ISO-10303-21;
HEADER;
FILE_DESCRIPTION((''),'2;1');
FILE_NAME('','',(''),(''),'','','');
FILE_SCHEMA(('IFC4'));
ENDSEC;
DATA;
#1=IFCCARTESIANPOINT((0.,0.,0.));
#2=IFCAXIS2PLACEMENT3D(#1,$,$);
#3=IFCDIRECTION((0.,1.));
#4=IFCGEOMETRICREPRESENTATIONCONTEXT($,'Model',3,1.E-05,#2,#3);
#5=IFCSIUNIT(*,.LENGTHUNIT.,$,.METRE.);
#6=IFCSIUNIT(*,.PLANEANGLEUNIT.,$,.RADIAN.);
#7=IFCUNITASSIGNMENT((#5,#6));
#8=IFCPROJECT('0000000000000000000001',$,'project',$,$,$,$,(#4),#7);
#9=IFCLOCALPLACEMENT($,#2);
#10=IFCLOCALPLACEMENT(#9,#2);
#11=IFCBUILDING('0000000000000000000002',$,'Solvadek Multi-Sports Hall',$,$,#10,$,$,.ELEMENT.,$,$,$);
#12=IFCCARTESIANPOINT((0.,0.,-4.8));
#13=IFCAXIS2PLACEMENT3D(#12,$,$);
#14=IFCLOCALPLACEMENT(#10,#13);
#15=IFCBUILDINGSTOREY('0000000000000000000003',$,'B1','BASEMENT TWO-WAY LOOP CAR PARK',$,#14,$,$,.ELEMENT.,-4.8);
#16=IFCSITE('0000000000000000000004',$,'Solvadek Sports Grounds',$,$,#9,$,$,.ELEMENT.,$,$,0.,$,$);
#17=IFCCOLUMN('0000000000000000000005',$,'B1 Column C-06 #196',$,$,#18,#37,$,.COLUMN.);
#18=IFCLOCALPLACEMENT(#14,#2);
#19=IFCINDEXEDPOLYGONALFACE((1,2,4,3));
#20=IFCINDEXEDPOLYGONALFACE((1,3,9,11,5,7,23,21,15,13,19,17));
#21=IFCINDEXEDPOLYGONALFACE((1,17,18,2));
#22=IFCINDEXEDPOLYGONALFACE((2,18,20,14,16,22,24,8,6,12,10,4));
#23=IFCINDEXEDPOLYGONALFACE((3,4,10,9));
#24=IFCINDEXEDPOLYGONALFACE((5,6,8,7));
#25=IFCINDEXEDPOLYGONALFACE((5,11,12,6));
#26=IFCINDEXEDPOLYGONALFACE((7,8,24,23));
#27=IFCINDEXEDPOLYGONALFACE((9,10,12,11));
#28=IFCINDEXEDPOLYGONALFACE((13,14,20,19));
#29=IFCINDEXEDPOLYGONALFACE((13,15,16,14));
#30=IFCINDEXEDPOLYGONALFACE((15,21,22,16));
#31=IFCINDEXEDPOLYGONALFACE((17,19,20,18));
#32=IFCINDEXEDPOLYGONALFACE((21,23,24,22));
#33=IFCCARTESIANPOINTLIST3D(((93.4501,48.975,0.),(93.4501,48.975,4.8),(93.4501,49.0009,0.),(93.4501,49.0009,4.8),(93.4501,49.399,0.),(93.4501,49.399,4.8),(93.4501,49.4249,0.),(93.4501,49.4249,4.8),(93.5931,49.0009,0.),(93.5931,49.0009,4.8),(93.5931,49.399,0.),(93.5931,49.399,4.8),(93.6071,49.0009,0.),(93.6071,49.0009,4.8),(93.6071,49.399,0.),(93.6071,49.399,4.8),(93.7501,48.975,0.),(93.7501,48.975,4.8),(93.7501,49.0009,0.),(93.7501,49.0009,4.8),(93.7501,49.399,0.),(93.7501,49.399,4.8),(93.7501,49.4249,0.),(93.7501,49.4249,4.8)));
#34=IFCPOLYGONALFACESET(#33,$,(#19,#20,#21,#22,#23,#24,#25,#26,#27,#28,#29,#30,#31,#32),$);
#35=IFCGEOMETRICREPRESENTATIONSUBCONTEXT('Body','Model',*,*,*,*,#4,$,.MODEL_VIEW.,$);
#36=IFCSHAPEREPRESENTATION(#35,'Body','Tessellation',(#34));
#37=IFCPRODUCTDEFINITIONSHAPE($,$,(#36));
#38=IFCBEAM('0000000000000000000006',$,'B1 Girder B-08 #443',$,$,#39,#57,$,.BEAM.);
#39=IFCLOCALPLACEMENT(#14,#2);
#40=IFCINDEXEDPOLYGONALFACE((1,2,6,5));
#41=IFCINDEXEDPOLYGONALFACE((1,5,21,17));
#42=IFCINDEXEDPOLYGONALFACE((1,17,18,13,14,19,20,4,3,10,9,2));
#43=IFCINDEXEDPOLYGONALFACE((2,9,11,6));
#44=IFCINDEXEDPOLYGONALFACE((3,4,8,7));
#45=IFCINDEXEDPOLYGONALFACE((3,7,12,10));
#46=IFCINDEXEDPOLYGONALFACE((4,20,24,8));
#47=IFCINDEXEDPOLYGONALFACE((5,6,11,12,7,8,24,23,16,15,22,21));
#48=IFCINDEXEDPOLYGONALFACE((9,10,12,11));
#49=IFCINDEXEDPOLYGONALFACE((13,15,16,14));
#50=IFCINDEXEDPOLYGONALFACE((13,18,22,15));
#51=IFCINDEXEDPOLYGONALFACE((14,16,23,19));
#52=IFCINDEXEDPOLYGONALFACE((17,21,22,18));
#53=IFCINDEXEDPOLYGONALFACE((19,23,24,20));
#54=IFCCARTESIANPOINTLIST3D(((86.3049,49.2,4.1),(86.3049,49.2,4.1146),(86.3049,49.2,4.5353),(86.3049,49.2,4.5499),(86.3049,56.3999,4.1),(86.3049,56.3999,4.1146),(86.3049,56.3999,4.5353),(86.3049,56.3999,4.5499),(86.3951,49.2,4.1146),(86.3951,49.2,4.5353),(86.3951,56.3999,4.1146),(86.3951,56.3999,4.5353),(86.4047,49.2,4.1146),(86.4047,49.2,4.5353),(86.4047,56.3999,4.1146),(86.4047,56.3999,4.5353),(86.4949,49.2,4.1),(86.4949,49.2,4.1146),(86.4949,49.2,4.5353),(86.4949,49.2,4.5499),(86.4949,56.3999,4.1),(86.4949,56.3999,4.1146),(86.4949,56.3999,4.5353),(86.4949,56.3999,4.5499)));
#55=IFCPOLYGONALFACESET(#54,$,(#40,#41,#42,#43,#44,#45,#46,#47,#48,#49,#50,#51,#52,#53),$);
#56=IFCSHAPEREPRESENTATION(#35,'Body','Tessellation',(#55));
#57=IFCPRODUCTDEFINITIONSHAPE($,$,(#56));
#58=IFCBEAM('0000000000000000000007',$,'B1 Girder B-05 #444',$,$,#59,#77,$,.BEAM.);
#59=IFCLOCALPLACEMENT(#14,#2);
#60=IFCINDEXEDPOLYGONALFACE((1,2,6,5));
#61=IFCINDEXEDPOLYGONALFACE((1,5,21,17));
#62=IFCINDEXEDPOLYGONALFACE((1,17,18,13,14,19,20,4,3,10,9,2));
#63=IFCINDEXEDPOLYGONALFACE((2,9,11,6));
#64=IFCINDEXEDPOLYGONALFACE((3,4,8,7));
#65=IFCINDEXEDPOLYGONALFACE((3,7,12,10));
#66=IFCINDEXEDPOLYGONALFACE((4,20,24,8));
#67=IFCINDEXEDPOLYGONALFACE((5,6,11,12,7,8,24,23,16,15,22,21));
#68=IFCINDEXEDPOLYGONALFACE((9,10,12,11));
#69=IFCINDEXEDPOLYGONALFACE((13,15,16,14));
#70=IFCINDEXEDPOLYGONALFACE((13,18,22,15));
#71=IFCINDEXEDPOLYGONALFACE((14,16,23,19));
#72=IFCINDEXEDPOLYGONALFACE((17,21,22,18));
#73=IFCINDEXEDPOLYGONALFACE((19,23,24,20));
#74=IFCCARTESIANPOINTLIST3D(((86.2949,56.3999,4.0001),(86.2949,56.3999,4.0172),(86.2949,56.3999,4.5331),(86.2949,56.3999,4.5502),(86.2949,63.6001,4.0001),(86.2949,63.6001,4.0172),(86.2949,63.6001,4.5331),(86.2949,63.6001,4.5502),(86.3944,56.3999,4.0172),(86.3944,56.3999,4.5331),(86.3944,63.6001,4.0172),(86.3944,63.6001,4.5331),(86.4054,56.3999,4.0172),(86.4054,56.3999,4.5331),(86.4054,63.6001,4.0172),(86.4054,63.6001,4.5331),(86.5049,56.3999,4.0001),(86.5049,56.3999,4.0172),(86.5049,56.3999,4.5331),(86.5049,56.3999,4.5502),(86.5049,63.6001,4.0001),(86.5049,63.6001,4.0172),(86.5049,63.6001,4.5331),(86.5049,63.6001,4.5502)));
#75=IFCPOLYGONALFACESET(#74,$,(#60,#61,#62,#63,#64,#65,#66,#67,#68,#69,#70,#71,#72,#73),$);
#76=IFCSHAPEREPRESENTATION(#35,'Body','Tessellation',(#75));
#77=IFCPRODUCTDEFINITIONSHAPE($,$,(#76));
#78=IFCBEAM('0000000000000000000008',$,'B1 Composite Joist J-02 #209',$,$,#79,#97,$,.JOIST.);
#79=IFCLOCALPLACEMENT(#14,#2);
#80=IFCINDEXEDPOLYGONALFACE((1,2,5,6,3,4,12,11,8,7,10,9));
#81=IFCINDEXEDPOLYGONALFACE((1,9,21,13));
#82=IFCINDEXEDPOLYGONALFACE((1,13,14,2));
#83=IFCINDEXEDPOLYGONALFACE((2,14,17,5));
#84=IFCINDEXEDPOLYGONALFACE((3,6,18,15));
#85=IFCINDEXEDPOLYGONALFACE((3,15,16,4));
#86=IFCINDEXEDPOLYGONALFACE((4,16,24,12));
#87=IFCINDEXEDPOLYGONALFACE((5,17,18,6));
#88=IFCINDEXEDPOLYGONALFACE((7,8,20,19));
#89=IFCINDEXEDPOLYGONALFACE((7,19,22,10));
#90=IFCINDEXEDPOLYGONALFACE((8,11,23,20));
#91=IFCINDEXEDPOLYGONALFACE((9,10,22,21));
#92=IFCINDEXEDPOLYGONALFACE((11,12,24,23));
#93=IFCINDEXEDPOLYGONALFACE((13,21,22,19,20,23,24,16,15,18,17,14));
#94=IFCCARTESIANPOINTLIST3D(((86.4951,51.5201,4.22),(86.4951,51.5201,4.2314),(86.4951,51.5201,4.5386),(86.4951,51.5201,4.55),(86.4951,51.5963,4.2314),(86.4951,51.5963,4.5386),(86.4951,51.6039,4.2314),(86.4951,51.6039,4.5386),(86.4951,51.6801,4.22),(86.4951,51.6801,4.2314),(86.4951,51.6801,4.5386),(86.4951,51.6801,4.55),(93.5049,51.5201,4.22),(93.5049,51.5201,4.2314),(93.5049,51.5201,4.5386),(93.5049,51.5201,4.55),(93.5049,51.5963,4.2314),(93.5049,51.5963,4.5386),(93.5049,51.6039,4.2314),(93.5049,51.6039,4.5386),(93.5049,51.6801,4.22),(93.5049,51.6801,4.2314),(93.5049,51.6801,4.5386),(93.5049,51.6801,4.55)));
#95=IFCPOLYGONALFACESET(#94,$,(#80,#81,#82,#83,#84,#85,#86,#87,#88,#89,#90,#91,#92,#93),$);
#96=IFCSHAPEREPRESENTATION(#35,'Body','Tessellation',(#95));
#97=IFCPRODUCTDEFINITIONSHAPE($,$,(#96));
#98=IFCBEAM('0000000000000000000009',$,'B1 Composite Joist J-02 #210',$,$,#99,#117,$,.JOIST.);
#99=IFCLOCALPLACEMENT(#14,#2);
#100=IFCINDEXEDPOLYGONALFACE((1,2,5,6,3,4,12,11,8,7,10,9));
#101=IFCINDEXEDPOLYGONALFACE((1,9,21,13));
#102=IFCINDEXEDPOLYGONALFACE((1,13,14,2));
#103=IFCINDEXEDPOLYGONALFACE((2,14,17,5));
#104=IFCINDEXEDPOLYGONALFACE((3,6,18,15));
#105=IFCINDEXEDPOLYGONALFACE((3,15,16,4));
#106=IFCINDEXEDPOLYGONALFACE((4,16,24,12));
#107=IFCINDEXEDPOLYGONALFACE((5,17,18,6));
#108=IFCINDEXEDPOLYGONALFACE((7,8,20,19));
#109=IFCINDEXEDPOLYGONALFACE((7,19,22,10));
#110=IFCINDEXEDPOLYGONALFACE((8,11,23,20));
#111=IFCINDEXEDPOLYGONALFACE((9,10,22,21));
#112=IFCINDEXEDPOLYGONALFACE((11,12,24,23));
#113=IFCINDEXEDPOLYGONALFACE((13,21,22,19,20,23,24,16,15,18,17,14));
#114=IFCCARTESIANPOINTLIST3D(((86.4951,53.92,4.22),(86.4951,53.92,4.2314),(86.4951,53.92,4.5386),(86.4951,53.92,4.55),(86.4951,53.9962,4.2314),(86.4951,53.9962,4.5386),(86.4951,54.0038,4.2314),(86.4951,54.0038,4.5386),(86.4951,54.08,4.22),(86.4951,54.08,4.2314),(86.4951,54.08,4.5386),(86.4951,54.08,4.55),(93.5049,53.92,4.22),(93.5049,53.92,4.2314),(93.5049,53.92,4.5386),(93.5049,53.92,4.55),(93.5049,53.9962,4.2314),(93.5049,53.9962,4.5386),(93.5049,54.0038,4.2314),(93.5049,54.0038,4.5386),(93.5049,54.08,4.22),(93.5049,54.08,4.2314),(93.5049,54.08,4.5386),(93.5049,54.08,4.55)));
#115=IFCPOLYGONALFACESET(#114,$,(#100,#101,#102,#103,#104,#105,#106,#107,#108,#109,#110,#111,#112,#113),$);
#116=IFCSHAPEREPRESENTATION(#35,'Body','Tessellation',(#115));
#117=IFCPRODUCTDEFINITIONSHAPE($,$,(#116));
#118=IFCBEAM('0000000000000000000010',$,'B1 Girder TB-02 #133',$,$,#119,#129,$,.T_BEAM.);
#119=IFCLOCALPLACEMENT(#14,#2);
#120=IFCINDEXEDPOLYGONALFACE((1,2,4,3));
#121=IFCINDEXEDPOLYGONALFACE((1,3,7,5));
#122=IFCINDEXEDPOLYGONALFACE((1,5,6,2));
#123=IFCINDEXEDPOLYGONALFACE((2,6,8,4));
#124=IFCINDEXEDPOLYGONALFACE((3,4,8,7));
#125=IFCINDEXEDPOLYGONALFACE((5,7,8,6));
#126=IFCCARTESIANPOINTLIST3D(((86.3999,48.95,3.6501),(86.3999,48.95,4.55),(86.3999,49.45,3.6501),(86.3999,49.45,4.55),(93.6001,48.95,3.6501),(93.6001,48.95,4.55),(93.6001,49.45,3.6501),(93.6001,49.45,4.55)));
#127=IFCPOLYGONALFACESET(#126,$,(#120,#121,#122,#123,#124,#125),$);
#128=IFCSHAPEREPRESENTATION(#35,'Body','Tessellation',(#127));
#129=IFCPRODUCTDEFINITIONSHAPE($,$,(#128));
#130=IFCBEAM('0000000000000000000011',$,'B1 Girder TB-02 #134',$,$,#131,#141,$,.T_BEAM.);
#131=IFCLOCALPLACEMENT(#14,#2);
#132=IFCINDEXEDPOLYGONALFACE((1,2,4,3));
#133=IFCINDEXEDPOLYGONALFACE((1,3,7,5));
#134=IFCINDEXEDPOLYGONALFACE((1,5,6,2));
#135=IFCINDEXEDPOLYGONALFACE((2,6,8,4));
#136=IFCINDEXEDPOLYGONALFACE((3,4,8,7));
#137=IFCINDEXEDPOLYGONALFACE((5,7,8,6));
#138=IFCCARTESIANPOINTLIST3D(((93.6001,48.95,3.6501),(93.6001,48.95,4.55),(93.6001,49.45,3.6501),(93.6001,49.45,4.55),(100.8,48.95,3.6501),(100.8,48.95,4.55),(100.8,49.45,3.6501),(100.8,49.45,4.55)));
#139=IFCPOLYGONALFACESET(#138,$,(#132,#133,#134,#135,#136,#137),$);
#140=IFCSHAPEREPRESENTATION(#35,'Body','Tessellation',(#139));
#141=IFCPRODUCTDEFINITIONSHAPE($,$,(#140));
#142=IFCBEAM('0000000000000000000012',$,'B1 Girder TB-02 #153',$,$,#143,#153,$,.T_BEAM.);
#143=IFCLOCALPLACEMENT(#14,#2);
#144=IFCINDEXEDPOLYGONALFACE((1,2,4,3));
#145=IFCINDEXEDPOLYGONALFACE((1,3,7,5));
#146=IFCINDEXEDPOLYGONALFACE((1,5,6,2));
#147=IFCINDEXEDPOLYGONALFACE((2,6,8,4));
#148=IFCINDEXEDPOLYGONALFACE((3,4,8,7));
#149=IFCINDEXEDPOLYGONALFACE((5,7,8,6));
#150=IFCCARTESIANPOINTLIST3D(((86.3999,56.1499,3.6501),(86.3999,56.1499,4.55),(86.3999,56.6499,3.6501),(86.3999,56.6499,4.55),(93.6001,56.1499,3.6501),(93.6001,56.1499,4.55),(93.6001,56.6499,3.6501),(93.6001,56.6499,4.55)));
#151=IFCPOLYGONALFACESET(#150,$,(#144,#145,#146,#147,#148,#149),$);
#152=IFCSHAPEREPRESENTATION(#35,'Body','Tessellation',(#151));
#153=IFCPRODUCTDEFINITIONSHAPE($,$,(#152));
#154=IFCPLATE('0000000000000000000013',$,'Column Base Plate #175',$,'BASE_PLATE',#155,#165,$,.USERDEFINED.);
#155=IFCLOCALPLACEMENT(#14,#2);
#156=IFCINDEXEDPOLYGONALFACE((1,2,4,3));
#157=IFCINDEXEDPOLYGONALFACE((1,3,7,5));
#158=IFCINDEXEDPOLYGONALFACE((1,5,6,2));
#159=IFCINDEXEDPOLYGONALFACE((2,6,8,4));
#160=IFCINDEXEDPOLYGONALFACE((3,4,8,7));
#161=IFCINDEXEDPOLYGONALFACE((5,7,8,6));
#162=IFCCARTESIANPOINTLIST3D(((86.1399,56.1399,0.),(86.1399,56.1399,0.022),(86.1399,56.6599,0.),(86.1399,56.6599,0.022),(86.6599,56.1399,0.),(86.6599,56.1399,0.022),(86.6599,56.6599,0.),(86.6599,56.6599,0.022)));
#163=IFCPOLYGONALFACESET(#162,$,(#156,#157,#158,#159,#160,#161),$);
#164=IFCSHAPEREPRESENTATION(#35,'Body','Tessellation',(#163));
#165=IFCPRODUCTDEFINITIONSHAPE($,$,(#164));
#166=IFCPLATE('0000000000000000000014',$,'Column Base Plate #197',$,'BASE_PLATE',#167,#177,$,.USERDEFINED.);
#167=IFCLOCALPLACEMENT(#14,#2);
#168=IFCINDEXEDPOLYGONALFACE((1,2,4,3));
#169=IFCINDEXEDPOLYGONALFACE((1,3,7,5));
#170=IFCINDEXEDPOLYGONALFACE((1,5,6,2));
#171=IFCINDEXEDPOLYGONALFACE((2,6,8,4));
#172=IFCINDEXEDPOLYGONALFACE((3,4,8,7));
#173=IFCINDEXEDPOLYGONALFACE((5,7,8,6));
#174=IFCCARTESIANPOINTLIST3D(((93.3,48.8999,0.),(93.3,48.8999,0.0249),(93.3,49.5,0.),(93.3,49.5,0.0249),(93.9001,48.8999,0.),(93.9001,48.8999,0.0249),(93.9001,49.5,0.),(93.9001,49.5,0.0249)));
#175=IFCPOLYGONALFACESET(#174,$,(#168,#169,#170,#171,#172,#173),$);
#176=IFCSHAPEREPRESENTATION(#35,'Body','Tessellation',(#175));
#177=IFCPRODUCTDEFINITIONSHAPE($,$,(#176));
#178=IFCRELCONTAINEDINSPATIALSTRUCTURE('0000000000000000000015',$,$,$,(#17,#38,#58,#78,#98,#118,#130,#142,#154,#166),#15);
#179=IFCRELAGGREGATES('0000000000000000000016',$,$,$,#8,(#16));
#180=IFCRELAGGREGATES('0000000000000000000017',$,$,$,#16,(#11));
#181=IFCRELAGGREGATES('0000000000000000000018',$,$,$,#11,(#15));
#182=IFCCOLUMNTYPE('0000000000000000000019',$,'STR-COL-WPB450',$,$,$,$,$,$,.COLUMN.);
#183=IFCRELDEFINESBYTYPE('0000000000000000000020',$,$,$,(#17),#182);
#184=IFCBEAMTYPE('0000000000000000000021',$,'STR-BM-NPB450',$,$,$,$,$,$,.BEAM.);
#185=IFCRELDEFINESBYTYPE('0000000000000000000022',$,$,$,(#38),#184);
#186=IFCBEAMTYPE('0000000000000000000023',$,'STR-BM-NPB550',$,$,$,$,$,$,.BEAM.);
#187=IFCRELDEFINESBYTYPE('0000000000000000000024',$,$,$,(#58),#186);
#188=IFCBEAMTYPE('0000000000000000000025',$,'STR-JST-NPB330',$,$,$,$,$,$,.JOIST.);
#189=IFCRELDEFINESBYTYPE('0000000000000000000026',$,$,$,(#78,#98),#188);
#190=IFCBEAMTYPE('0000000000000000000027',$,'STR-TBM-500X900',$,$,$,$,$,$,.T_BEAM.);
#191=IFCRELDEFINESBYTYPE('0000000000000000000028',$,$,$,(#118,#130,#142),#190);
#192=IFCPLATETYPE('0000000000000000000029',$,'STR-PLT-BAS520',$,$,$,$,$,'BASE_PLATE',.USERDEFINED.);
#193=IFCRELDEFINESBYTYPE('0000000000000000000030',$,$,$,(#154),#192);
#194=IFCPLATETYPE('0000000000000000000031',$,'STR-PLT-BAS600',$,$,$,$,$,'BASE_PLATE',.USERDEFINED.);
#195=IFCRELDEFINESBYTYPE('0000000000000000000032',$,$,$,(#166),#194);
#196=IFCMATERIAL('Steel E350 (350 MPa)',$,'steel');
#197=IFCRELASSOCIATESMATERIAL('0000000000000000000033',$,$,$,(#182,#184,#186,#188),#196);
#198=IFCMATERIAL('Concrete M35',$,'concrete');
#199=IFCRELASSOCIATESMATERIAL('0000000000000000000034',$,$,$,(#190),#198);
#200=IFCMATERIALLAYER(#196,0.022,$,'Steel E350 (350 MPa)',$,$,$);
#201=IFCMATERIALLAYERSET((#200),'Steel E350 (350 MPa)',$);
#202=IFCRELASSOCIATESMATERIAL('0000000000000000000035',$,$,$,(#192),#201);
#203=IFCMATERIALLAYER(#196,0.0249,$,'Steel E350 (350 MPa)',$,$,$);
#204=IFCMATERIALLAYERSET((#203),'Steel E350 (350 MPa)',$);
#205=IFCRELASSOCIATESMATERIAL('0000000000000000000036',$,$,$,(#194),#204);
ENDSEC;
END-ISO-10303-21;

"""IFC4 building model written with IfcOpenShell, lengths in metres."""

from ifc_helpers import new_model, si_unit, direction, frame, origin, origin_2d, place, context, subcontext, project, spatial, rectangle, i_section, extrude, material, layer, layer_set, material_profile, profile_set, type_object, element, save


model = new_model("IFC4")

# Units and contexts
model_context = context("Model", 3, precision=1e-05, world=origin(), true_north=direction((0.0, 1.0)))
body_context = subcontext(model_context, "Body", "Model", "MODEL_VIEW")
ifc_project = project(units=[si_unit("LENGTHUNIT", "METRE"), si_unit("PLANEANGLEUNIT", "RADIAN")], contexts=[model_context])

# Site, building, storey
site_placement = place(None, origin())
site = spatial("IfcSite", under=ifc_project, at=site_placement, Name="Solvadek Sports Grounds", CompositionType="ELEMENT", RefElevation=0.0)
building_placement = place(site_placement, origin())
building = spatial("IfcBuilding", under=site, at=building_placement, Name="Solvadek Multi-Sports Hall", CompositionType="ELEMENT")
storey_placement = place(building_placement, frame((0.0, 0.0, -4.8)))
storey = spatial("IfcBuildingStorey", under=building, at=storey_placement, Name="B1", Description="BASEMENT TWO-WAY LOOP CAR PARK", CompositionType="ELEMENT", Elevation=-4.8)

# Shared definitions
ifc_material_1 = material(Name="Concrete M35", Category="concrete")

# Column
ifc_material_2 = material(Name="Steel E350 (350 MPa)", Category="steel")
ifc_material_profile_1 = material_profile(ifc_material_2, i_section(OverallWidth=0.3, OverallDepth=0.45, WebThickness=0.0139, FlangeThickness=0.0259, at=origin_2d()), Name="WPB 450")
ifc_profile_set_1 = profile_set([ifc_material_profile_1], Name="Steel E350 (350 MPa)")
column_type_1 = type_object("IfcColumnType", Name="STR-COL-WPB450", PredefinedType="COLUMN", material=ifc_profile_set_1)
column_1_placement = place(storey_placement, frame((93.6001, 49.2, 0.0), z_axis=(0.0, 0.0, 1.0), x_axis=(1.0, 0.0, 0.0)))
element("IfcColumn", 1, at=column_1_placement, inside=storey, type_object=column_type_1, Name="B1 Column C-06 #196", PredefinedType="COLUMN", context=body_context, shape_type="SweptSolid", body=[
    extrude(i_section(OverallWidth=0.3, OverallDepth=0.45, WebThickness=0.0139, FlangeThickness=0.0259, at=origin_2d()), origin(), (0.0, 0.0, 1.0), 4.8),
])

# Beams
ifc_material_profile_2 = material_profile(ifc_material_2, i_section(OverallWidth=0.1899, OverallDepth=0.45, WebThickness=0.0095, FlangeThickness=0.0146, at=origin_2d()), Name="NPB 450")
ifc_profile_set_2 = profile_set([ifc_material_profile_2], Name="Steel E350 (350 MPa)")
beam_type_1 = type_object("IfcBeamType", Name="STR-BM-NPB450", PredefinedType="BEAM", material=ifc_profile_set_2)
beam_1_placement = place(storey_placement, frame((86.3999, 49.2, 4.325), z_axis=(0.0, 1.0, 0.0), x_axis=(-1.0, 0.0, 0.0)))
element("IfcBeam", 2, at=beam_1_placement, inside=storey, type_object=beam_type_1, Name="B1 Girder B-08 #443", PredefinedType="BEAM", context=body_context, shape_type="SweptSolid", body=[
    extrude(i_section(OverallWidth=0.1899, OverallDepth=0.45, WebThickness=0.0095, FlangeThickness=0.0146, at=origin_2d()), origin(), (0.0, 0.0, 1.0), 7.2),
])
ifc_material_profile_3 = material_profile(ifc_material_2, i_section(OverallWidth=0.21, OverallDepth=0.55, WebThickness=0.011, FlangeThickness=0.0171, at=origin_2d()), Name="NPB 550")
ifc_profile_set_3 = profile_set([ifc_material_profile_3], Name="Steel E350 (350 MPa)")
beam_type_2 = type_object("IfcBeamType", Name="STR-BM-NPB550", PredefinedType="BEAM", material=ifc_profile_set_3)
beam_2_placement = place(storey_placement, frame((86.3999, 56.3999, 4.2751), z_axis=(0.0, 1.0, 0.0), x_axis=(-1.0, 0.0, 0.0)))
element("IfcBeam", 3, at=beam_2_placement, inside=storey, type_object=beam_type_2, Name="B1 Girder B-05 #444", PredefinedType="BEAM", context=body_context, shape_type="SweptSolid", body=[
    extrude(i_section(OverallWidth=0.21, OverallDepth=0.55, WebThickness=0.011, FlangeThickness=0.0171, at=origin_2d()), origin(), (0.0, 0.0, 1.0), 7.2002),
])
ifc_material_profile_4 = material_profile(ifc_material_2, i_section(OverallWidth=0.1599, OverallDepth=0.3301, WebThickness=0.0076, FlangeThickness=0.0115, at=origin_2d()), Name="NPB 330")
ifc_profile_set_4 = profile_set([ifc_material_profile_4], Name="Steel E350 (350 MPa)")
beam_type_3 = type_object("IfcBeamType", Name="STR-JST-NPB330", PredefinedType="JOIST", material=ifc_profile_set_4)
for number, where, z_axis, x_axis, name in (
    (4, (86.4951, 51.6001, 4.385), (1.0, 0.0, 0.0), (0.0, 1.0, 0.0), "B1 Composite Joist J-02 #209"),
    (5, (86.4951, 54.0, 4.385), (1.0, 0.0, 0.0), (0.0, 1.0, 0.0), "B1 Composite Joist J-02 #210"),
):
    element("IfcBeam", number, at=place(storey_placement, frame(where, z_axis=z_axis, x_axis=x_axis)), inside=storey, type_object=beam_type_3, Name=name, PredefinedType="JOIST", context=body_context, shape_type="SweptSolid", body=[
        extrude(i_section(OverallWidth=0.1599, OverallDepth=0.3301, WebThickness=0.0076, FlangeThickness=0.0115, at=origin_2d()), origin(), (0.0, 0.0, 1.0), 7.0098),
    ])
ifc_material_profile_5 = material_profile(ifc_material_1, rectangle(XDim=0.5, YDim=0.8999, at=origin_2d()), Name="RC T-BEAM 500x900")
ifc_profile_set_5 = profile_set([ifc_material_profile_5], Name="Concrete M35")
beam_type_4 = type_object("IfcBeamType", Name="STR-TBM-500X900", PredefinedType="T_BEAM", material=ifc_profile_set_5)
beam_3_placement = place(storey_placement, frame((86.3999, 49.2, 4.1001), z_axis=(1.0, 0.0, 0.0), x_axis=(0.0, 1.0, 0.0)))
element("IfcBeam", 6, at=beam_3_placement, inside=storey, type_object=beam_type_4, Name="B1 Girder TB-02 #133", PredefinedType="T_BEAM", context=body_context, shape_type="SweptSolid", body=[
    extrude(rectangle(XDim=0.5, YDim=0.8999, at=origin_2d()), origin(), (0.0, 0.0, 1.0), 7.2002),
])
beam_4_placement = place(storey_placement, frame((93.6001, 49.2, 4.1001), z_axis=(1.0, 0.0, 0.0), x_axis=(0.0, 1.0, 0.0)))
element("IfcBeam", 7, at=beam_4_placement, inside=storey, type_object=beam_type_4, Name="B1 Girder TB-02 #134", PredefinedType="T_BEAM", context=body_context, shape_type="SweptSolid", body=[
    extrude(rectangle(XDim=0.5, YDim=0.8999, at=origin_2d()), origin(), (0.0, 0.0, 1.0), 7.2),
])
beam_5_placement = place(storey_placement, frame((86.3999, 56.3999, 4.1001), z_axis=(1.0, 0.0, 0.0), x_axis=(0.0, 1.0, 0.0)))
element("IfcBeam", 8, at=beam_5_placement, inside=storey, type_object=beam_type_4, Name="B1 Girder TB-02 #153", PredefinedType="T_BEAM", context=body_context, shape_type="SweptSolid", body=[
    extrude(rectangle(XDim=0.5, YDim=0.8999, at=origin_2d()), origin(), (0.0, 0.0, 1.0), 7.2002),
])

# Plates
ifc_layer_1 = layer(ifc_material_2, 0.022, Name="Steel E350 (350 MPa)")
ifc_layer_set_1 = layer_set([ifc_layer_1], Name="Steel E350 (350 MPa)")
plate_type_1 = type_object("IfcPlateType", Name="STR-PLT-BAS520", ElementType="BASE_PLATE", PredefinedType="USERDEFINED", material=ifc_layer_set_1)
plate_1_placement = place(storey_placement, frame((86.3999, 56.3999, 0.0), z_axis=(0.0, 0.0, 1.0), x_axis=(1.0, 0.0, 0.0)))
element("IfcPlate", 9, at=plate_1_placement, inside=storey, type_object=plate_type_1, Name="Column Base Plate #175", ObjectType="BASE_PLATE", PredefinedType="USERDEFINED", context=body_context, shape_type="SweptSolid", body=[
    extrude(rectangle(XDim=0.52, YDim=0.52, at=origin_2d()), origin(), (0.0, 0.0, 1.0), 0.022),
])
ifc_layer_2 = layer(ifc_material_2, 0.0249, Name="Steel E350 (350 MPa)")
ifc_layer_set_2 = layer_set([ifc_layer_2], Name="Steel E350 (350 MPa)")
plate_type_2 = type_object("IfcPlateType", Name="STR-PLT-BAS600", ElementType="BASE_PLATE", PredefinedType="USERDEFINED", material=ifc_layer_set_2)
plate_2_placement = place(storey_placement, frame((93.6001, 49.2, 0.0), z_axis=(0.0, 0.0, 1.0), x_axis=(1.0, 0.0, 0.0)))
element("IfcPlate", 10, at=plate_2_placement, inside=storey, type_object=plate_type_2, Name="Column Base Plate #197", ObjectType="BASE_PLATE", PredefinedType="USERDEFINED", context=body_context, shape_type="SweptSolid", body=[
    extrude(rectangle(XDim=0.6001, YDim=0.6001, at=origin_2d()), origin(), (0.0, 0.0, 1.0), 0.0249),
])

save(model, "model.ifc")
